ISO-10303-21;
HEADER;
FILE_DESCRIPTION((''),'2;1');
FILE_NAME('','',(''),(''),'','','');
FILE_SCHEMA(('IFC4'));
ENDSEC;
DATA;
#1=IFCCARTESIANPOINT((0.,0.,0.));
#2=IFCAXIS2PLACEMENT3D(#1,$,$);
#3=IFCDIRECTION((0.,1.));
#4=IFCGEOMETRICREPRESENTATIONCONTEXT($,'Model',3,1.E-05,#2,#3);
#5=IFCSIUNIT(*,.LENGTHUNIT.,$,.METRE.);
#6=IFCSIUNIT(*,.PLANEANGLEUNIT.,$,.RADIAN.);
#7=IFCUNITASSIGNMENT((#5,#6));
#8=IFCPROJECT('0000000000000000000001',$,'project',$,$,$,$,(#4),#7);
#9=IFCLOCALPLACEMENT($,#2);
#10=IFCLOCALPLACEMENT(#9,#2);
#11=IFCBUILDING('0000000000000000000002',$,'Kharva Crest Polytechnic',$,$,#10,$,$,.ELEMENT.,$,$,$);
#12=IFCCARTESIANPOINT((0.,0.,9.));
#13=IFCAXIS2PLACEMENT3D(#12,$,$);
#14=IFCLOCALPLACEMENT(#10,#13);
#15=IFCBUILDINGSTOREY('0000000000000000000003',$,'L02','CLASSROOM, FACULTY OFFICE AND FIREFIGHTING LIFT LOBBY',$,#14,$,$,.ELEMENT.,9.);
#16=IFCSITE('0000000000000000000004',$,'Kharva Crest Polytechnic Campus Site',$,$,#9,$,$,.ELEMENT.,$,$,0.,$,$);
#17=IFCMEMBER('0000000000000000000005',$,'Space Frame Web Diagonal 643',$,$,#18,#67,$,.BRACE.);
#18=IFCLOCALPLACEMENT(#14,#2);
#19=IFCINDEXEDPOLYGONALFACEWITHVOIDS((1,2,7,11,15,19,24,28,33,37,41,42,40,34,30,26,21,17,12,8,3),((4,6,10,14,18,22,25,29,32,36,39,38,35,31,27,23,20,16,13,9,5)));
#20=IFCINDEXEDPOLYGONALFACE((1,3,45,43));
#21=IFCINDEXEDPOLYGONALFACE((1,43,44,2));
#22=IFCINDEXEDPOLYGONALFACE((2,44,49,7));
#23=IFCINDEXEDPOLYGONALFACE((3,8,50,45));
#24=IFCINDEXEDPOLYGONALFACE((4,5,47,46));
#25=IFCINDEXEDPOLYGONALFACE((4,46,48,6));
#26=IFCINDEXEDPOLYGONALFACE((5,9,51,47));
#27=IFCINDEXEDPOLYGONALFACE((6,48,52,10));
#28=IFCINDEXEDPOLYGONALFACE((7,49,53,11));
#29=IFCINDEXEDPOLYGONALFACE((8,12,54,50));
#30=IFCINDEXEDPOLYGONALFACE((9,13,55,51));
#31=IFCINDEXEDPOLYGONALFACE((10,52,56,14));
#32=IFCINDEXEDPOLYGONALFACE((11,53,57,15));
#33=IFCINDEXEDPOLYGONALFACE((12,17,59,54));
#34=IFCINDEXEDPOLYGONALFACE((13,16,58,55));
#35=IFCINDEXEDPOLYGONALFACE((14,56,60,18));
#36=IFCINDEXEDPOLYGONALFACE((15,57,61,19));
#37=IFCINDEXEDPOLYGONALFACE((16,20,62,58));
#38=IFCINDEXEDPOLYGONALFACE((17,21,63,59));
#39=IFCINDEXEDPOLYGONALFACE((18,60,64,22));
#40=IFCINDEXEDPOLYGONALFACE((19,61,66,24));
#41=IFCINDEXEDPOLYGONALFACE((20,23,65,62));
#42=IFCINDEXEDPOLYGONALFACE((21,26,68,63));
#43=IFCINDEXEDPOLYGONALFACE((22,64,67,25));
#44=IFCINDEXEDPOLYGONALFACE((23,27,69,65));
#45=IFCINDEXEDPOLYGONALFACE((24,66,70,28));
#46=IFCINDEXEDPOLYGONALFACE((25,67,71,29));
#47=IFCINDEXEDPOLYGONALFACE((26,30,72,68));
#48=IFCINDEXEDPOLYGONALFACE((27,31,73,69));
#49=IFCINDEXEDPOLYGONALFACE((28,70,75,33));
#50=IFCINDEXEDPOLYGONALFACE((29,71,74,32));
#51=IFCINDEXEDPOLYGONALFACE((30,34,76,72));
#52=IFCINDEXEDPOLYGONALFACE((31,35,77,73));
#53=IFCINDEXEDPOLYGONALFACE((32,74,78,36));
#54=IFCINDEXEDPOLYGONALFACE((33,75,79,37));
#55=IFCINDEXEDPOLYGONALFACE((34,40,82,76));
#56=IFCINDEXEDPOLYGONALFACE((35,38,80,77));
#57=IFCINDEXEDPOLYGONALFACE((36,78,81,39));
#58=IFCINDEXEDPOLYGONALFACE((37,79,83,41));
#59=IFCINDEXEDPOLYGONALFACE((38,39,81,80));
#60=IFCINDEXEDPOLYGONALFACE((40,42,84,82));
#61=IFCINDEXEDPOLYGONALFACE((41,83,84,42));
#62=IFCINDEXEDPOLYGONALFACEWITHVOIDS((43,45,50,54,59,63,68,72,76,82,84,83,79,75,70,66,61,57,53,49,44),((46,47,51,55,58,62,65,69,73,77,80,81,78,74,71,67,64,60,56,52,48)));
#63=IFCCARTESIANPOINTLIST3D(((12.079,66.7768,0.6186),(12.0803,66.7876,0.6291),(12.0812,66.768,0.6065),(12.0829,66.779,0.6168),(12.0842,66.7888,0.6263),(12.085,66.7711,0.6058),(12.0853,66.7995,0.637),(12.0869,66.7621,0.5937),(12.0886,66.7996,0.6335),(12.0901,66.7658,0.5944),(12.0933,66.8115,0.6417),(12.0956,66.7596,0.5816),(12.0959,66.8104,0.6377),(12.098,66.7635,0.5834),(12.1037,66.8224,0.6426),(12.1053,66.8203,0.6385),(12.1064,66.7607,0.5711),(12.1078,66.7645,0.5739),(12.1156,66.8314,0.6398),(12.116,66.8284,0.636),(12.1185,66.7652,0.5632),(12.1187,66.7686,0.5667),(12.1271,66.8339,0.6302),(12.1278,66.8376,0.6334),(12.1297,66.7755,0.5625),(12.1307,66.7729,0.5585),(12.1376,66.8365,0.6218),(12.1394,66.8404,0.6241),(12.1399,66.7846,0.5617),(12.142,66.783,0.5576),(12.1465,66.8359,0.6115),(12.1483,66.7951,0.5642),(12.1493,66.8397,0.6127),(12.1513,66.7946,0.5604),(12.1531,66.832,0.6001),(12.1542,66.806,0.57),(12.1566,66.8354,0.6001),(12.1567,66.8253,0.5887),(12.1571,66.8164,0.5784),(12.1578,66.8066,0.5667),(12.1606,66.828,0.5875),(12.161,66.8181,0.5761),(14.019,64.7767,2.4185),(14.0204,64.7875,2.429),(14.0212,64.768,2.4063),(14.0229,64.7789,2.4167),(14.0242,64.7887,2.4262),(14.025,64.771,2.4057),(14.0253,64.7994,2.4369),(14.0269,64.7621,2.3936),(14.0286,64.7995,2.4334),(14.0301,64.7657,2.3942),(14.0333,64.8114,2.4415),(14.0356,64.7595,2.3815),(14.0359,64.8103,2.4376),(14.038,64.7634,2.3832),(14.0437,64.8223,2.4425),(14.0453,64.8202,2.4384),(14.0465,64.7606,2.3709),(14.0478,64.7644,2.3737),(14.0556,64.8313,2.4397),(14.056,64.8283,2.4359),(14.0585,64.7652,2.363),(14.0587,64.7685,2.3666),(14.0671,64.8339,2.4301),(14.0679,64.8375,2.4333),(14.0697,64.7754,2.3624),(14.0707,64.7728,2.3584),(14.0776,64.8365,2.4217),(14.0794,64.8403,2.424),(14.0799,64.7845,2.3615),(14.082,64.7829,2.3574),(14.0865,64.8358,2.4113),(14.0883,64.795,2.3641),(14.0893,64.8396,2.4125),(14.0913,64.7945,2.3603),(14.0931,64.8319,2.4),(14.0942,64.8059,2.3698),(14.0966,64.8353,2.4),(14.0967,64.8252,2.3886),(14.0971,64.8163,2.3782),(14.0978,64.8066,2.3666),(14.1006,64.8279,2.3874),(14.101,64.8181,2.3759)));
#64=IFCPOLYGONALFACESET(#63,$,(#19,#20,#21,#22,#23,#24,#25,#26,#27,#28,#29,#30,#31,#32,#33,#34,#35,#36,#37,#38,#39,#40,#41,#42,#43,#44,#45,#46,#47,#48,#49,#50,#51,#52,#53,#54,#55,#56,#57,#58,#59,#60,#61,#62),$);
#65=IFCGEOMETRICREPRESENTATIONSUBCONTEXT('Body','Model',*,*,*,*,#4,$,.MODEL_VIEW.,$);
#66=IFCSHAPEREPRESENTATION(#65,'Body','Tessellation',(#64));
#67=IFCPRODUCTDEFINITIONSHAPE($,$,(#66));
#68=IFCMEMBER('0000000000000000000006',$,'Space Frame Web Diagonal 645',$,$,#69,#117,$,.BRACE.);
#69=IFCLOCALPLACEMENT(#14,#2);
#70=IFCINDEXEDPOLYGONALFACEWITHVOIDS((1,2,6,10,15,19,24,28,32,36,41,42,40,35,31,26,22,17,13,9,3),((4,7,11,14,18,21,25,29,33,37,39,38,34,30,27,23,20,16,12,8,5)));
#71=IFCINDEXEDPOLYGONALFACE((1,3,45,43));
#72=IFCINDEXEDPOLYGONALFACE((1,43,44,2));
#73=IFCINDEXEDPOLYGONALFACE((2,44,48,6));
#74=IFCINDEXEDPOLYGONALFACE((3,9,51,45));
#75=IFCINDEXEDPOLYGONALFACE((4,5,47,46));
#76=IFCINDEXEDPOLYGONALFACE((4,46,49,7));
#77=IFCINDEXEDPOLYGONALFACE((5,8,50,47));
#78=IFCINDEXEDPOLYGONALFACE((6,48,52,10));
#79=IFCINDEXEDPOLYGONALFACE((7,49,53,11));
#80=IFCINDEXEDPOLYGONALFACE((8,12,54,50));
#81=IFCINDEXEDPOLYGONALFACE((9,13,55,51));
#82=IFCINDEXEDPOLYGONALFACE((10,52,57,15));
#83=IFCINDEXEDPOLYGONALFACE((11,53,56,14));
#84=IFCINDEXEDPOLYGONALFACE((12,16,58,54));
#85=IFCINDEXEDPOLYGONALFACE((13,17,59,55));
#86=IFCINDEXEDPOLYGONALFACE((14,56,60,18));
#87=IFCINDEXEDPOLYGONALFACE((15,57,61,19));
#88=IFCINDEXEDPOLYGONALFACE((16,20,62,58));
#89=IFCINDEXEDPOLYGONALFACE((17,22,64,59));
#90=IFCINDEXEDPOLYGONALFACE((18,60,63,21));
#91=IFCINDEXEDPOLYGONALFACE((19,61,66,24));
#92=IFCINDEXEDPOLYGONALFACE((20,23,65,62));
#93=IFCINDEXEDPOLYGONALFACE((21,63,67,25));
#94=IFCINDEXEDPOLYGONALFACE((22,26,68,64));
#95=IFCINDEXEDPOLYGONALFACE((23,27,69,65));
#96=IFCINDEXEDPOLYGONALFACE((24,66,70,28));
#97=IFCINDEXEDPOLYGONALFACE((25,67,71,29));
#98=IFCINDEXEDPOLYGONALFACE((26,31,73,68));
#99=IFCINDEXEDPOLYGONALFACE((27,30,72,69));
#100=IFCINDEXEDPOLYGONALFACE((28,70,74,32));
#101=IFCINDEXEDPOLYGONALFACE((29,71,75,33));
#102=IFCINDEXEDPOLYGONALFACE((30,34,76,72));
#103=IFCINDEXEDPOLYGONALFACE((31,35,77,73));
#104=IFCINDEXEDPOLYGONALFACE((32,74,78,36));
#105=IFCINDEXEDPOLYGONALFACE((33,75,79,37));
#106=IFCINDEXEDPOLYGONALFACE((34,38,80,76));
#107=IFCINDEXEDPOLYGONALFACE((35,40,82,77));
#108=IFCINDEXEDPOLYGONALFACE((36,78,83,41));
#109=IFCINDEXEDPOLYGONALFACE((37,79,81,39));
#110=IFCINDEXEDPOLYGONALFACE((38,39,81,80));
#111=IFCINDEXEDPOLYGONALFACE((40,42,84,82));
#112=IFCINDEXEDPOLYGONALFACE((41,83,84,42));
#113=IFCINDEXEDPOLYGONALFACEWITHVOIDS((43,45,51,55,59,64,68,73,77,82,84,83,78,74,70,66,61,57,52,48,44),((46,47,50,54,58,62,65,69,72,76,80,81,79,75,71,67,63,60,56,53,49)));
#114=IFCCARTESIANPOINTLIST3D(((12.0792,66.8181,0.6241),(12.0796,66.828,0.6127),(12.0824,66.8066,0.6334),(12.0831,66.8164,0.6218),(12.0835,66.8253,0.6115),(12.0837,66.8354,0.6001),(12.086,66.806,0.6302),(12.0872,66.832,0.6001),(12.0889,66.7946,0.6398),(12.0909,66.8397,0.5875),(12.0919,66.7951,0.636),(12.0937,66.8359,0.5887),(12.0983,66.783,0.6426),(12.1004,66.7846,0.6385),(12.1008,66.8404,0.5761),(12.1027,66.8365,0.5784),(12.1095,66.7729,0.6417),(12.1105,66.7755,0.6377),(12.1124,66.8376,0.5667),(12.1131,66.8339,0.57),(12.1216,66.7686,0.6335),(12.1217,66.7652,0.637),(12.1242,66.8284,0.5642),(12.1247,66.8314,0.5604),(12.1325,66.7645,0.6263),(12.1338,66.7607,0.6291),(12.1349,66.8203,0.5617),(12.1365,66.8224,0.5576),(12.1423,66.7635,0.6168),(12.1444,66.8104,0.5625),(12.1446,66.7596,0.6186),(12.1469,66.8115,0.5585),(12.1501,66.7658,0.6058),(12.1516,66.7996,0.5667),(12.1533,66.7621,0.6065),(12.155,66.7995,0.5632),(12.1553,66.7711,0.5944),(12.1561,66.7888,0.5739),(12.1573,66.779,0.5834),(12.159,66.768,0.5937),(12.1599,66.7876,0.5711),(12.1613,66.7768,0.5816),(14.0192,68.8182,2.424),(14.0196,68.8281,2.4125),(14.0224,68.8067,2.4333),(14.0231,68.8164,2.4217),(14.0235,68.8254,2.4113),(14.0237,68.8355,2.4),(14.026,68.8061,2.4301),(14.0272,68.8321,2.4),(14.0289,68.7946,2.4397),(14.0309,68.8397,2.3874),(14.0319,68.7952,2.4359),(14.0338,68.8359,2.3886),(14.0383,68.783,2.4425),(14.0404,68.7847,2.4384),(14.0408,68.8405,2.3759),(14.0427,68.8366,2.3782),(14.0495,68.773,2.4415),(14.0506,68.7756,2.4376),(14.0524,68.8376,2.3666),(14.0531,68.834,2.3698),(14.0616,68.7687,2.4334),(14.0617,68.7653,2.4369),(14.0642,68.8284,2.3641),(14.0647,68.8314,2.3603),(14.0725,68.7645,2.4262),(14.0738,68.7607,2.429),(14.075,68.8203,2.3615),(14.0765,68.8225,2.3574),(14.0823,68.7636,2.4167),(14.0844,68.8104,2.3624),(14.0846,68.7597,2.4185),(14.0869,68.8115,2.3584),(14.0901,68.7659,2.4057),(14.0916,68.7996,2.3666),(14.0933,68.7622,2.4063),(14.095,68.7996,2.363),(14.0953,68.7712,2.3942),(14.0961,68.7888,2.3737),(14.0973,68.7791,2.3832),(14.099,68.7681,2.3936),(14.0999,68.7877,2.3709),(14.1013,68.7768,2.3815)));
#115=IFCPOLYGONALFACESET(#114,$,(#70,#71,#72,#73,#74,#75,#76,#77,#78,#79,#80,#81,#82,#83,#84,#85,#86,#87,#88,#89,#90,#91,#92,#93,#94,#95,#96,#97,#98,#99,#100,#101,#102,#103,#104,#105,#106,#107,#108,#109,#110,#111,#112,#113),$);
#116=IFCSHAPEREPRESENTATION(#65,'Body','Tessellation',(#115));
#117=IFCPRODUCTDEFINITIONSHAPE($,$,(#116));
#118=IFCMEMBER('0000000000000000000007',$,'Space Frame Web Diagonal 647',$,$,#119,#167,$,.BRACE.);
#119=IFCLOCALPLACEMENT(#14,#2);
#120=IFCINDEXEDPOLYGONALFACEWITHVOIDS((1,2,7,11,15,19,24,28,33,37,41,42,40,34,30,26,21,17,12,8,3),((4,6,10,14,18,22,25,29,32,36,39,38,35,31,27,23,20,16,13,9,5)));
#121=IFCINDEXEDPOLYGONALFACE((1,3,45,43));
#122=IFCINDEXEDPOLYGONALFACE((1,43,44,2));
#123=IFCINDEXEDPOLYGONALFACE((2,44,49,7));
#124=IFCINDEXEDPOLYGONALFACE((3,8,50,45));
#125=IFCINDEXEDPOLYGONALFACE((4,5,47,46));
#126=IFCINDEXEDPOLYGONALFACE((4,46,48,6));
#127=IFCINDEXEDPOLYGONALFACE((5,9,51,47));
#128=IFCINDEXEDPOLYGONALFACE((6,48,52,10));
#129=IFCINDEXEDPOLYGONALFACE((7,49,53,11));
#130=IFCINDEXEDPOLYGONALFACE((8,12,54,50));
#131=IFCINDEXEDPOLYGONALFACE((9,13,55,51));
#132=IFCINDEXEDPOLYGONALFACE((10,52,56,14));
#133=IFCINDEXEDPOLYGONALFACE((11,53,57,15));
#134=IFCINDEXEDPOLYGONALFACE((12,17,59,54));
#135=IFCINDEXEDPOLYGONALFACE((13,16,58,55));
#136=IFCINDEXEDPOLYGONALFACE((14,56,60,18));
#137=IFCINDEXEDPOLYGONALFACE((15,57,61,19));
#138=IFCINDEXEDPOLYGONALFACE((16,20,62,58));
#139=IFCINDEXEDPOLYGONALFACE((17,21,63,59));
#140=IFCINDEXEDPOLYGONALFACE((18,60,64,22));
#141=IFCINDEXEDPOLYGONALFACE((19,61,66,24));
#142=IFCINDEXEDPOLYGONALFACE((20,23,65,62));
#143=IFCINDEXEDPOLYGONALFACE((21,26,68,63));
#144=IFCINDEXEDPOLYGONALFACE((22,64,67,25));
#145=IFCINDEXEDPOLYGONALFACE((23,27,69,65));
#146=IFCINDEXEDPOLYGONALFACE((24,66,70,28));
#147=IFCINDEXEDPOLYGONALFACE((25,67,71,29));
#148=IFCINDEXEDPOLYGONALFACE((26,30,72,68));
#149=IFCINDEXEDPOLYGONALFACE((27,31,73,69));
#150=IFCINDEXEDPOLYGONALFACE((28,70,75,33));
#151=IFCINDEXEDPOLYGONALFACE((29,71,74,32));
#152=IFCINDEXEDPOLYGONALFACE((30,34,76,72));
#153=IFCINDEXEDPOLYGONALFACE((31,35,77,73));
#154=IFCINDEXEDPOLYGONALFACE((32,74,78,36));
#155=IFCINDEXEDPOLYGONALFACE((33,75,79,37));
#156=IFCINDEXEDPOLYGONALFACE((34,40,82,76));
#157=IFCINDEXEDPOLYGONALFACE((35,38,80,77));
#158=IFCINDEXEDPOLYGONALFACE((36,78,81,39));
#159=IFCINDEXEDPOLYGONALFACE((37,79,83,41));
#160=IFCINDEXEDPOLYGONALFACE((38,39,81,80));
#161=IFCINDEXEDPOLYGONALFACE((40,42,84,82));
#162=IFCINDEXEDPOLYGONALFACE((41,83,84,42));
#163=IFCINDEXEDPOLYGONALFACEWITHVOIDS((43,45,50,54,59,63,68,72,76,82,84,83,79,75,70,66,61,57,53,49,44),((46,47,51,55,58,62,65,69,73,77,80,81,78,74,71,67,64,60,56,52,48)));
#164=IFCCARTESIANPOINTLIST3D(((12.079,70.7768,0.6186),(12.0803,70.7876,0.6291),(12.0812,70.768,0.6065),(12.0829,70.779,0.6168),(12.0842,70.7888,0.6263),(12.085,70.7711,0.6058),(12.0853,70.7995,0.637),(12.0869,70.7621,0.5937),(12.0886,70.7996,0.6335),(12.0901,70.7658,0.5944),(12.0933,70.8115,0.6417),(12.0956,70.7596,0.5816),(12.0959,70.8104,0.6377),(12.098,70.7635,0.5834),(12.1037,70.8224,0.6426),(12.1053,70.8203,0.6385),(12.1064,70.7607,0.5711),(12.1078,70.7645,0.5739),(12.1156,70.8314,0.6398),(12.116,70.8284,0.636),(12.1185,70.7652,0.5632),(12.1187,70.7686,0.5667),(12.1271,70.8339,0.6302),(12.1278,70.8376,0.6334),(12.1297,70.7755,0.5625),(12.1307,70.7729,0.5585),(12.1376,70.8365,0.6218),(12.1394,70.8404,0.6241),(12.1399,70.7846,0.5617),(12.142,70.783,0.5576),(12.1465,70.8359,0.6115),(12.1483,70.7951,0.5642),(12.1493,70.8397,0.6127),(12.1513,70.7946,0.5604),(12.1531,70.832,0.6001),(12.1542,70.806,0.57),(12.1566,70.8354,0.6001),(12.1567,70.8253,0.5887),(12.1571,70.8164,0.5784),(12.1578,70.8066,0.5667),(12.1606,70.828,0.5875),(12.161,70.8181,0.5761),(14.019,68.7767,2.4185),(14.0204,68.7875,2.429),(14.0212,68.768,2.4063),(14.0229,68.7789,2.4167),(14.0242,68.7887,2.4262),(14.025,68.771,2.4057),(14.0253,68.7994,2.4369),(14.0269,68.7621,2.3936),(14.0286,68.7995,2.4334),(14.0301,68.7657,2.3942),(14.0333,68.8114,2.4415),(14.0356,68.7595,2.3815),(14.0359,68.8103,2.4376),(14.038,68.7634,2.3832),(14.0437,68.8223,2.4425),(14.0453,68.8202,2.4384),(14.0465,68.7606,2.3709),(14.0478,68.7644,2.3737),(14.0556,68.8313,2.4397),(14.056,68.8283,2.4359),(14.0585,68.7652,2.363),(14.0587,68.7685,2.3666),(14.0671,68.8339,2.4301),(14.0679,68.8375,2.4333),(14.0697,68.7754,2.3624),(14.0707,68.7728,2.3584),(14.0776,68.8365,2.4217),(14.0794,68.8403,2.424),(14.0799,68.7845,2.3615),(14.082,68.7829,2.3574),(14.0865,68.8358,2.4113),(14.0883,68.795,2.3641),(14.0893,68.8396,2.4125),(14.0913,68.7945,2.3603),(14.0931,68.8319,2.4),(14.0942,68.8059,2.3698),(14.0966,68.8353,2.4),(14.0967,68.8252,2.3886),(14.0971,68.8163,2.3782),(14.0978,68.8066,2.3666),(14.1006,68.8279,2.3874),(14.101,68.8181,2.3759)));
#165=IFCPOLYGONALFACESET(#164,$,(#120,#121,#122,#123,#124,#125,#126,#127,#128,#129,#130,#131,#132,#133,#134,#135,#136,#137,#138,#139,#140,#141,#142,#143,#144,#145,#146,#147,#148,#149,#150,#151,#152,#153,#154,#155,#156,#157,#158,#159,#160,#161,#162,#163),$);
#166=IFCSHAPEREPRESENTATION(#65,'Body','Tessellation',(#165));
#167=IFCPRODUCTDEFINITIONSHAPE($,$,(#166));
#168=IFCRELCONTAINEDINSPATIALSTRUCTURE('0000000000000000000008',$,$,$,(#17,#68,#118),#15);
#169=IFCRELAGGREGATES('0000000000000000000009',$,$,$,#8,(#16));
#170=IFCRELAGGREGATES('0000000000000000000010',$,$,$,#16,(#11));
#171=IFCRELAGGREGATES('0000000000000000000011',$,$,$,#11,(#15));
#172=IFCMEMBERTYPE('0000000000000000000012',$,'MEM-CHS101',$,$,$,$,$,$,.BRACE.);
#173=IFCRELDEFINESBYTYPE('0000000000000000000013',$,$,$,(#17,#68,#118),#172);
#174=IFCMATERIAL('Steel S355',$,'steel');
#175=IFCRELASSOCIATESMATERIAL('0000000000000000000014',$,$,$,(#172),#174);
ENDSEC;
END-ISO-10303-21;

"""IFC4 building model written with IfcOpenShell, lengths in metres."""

from ifc_helpers import new_model, si_unit, direction, frame, origin, origin_2d, place, context, subcontext, project, spatial, hollow_circle, extrude, material, material_profile, profile_set, type_object, element, save


model = new_model("IFC4")

# Units and contexts
model_context = context("Model", 3, precision=1e-05, world=origin(), true_north=direction((0.0, 1.0)))
body_context = subcontext(model_context, "Body", "Model", "MODEL_VIEW")
ifc_project = project(units=[si_unit("LENGTHUNIT", "METRE"), si_unit("PLANEANGLEUNIT", "RADIAN")], contexts=[model_context])

# Site, building, storey
site_placement = place(None, origin())
site = spatial("IfcSite", under=ifc_project, at=site_placement, Name="Kharva Crest Polytechnic Campus Site", CompositionType="ELEMENT", RefElevation=0.0)
building_placement = place(site_placement, origin())
building = spatial("IfcBuilding", under=site, at=building_placement, Name="Kharva Crest Polytechnic", CompositionType="ELEMENT")
storey_placement = place(building_placement, frame((0.0, 0.0, 9.0)))
storey = spatial("IfcBuildingStorey", under=building, at=storey_placement, Name="L02", Description="CLASSROOM, FACULTY OFFICE AND FIREFIGHTING LIFT LOBBY", CompositionType="ELEMENT", Elevation=9.0)

# Shared definitions
ifc_material_1 = material(Name="Steel S355", Category="steel")

# Members
ifc_material_profile_1 = material_profile(ifc_material_1, hollow_circle(Radius=0.0508, WallThickness=0.0049, at=origin_2d()), Name="CHS 101.6X5.0")
ifc_profile_set_1 = profile_set([ifc_material_profile_1], Name="Steel S355")
member_type_1 = type_object("IfcMemberType", Name="MEM-CHS101", PredefinedType="BRACE", material=ifc_profile_set_1)
for number, where, z_axis, x_axis, name in (
    (1, (12.1201, 66.8, 0.6001), (0.584843, -0.60295, 0.542596), (0.717802, 0.696247, 0.0), "Space Frame Web Diagonal 643"),
    (2, (12.1201, 66.8, 0.6001), (0.584843, 0.60295, 0.542596), (-0.717802, 0.696247, 0.0), "Space Frame Web Diagonal 645"),
    (3, (12.1201, 70.8, 0.6001), (0.584843, -0.60295, 0.542596), (0.717802, 0.696247, 0.0), "Space Frame Web Diagonal 647"),
):
    element("IfcMember", number, at=place(storey_placement, frame(where, z_axis=z_axis, x_axis=x_axis)), inside=storey, type_object=member_type_1, Name=name, PredefinedType="BRACE", context=body_context, shape_type="SweptSolid", body=[
        extrude(hollow_circle(Radius=0.0508, WallThickness=0.0049, at=origin_2d()), origin(), (0.0, 0.0, 1.0), 3.3171),
    ])

save(model, "model.ifc")
